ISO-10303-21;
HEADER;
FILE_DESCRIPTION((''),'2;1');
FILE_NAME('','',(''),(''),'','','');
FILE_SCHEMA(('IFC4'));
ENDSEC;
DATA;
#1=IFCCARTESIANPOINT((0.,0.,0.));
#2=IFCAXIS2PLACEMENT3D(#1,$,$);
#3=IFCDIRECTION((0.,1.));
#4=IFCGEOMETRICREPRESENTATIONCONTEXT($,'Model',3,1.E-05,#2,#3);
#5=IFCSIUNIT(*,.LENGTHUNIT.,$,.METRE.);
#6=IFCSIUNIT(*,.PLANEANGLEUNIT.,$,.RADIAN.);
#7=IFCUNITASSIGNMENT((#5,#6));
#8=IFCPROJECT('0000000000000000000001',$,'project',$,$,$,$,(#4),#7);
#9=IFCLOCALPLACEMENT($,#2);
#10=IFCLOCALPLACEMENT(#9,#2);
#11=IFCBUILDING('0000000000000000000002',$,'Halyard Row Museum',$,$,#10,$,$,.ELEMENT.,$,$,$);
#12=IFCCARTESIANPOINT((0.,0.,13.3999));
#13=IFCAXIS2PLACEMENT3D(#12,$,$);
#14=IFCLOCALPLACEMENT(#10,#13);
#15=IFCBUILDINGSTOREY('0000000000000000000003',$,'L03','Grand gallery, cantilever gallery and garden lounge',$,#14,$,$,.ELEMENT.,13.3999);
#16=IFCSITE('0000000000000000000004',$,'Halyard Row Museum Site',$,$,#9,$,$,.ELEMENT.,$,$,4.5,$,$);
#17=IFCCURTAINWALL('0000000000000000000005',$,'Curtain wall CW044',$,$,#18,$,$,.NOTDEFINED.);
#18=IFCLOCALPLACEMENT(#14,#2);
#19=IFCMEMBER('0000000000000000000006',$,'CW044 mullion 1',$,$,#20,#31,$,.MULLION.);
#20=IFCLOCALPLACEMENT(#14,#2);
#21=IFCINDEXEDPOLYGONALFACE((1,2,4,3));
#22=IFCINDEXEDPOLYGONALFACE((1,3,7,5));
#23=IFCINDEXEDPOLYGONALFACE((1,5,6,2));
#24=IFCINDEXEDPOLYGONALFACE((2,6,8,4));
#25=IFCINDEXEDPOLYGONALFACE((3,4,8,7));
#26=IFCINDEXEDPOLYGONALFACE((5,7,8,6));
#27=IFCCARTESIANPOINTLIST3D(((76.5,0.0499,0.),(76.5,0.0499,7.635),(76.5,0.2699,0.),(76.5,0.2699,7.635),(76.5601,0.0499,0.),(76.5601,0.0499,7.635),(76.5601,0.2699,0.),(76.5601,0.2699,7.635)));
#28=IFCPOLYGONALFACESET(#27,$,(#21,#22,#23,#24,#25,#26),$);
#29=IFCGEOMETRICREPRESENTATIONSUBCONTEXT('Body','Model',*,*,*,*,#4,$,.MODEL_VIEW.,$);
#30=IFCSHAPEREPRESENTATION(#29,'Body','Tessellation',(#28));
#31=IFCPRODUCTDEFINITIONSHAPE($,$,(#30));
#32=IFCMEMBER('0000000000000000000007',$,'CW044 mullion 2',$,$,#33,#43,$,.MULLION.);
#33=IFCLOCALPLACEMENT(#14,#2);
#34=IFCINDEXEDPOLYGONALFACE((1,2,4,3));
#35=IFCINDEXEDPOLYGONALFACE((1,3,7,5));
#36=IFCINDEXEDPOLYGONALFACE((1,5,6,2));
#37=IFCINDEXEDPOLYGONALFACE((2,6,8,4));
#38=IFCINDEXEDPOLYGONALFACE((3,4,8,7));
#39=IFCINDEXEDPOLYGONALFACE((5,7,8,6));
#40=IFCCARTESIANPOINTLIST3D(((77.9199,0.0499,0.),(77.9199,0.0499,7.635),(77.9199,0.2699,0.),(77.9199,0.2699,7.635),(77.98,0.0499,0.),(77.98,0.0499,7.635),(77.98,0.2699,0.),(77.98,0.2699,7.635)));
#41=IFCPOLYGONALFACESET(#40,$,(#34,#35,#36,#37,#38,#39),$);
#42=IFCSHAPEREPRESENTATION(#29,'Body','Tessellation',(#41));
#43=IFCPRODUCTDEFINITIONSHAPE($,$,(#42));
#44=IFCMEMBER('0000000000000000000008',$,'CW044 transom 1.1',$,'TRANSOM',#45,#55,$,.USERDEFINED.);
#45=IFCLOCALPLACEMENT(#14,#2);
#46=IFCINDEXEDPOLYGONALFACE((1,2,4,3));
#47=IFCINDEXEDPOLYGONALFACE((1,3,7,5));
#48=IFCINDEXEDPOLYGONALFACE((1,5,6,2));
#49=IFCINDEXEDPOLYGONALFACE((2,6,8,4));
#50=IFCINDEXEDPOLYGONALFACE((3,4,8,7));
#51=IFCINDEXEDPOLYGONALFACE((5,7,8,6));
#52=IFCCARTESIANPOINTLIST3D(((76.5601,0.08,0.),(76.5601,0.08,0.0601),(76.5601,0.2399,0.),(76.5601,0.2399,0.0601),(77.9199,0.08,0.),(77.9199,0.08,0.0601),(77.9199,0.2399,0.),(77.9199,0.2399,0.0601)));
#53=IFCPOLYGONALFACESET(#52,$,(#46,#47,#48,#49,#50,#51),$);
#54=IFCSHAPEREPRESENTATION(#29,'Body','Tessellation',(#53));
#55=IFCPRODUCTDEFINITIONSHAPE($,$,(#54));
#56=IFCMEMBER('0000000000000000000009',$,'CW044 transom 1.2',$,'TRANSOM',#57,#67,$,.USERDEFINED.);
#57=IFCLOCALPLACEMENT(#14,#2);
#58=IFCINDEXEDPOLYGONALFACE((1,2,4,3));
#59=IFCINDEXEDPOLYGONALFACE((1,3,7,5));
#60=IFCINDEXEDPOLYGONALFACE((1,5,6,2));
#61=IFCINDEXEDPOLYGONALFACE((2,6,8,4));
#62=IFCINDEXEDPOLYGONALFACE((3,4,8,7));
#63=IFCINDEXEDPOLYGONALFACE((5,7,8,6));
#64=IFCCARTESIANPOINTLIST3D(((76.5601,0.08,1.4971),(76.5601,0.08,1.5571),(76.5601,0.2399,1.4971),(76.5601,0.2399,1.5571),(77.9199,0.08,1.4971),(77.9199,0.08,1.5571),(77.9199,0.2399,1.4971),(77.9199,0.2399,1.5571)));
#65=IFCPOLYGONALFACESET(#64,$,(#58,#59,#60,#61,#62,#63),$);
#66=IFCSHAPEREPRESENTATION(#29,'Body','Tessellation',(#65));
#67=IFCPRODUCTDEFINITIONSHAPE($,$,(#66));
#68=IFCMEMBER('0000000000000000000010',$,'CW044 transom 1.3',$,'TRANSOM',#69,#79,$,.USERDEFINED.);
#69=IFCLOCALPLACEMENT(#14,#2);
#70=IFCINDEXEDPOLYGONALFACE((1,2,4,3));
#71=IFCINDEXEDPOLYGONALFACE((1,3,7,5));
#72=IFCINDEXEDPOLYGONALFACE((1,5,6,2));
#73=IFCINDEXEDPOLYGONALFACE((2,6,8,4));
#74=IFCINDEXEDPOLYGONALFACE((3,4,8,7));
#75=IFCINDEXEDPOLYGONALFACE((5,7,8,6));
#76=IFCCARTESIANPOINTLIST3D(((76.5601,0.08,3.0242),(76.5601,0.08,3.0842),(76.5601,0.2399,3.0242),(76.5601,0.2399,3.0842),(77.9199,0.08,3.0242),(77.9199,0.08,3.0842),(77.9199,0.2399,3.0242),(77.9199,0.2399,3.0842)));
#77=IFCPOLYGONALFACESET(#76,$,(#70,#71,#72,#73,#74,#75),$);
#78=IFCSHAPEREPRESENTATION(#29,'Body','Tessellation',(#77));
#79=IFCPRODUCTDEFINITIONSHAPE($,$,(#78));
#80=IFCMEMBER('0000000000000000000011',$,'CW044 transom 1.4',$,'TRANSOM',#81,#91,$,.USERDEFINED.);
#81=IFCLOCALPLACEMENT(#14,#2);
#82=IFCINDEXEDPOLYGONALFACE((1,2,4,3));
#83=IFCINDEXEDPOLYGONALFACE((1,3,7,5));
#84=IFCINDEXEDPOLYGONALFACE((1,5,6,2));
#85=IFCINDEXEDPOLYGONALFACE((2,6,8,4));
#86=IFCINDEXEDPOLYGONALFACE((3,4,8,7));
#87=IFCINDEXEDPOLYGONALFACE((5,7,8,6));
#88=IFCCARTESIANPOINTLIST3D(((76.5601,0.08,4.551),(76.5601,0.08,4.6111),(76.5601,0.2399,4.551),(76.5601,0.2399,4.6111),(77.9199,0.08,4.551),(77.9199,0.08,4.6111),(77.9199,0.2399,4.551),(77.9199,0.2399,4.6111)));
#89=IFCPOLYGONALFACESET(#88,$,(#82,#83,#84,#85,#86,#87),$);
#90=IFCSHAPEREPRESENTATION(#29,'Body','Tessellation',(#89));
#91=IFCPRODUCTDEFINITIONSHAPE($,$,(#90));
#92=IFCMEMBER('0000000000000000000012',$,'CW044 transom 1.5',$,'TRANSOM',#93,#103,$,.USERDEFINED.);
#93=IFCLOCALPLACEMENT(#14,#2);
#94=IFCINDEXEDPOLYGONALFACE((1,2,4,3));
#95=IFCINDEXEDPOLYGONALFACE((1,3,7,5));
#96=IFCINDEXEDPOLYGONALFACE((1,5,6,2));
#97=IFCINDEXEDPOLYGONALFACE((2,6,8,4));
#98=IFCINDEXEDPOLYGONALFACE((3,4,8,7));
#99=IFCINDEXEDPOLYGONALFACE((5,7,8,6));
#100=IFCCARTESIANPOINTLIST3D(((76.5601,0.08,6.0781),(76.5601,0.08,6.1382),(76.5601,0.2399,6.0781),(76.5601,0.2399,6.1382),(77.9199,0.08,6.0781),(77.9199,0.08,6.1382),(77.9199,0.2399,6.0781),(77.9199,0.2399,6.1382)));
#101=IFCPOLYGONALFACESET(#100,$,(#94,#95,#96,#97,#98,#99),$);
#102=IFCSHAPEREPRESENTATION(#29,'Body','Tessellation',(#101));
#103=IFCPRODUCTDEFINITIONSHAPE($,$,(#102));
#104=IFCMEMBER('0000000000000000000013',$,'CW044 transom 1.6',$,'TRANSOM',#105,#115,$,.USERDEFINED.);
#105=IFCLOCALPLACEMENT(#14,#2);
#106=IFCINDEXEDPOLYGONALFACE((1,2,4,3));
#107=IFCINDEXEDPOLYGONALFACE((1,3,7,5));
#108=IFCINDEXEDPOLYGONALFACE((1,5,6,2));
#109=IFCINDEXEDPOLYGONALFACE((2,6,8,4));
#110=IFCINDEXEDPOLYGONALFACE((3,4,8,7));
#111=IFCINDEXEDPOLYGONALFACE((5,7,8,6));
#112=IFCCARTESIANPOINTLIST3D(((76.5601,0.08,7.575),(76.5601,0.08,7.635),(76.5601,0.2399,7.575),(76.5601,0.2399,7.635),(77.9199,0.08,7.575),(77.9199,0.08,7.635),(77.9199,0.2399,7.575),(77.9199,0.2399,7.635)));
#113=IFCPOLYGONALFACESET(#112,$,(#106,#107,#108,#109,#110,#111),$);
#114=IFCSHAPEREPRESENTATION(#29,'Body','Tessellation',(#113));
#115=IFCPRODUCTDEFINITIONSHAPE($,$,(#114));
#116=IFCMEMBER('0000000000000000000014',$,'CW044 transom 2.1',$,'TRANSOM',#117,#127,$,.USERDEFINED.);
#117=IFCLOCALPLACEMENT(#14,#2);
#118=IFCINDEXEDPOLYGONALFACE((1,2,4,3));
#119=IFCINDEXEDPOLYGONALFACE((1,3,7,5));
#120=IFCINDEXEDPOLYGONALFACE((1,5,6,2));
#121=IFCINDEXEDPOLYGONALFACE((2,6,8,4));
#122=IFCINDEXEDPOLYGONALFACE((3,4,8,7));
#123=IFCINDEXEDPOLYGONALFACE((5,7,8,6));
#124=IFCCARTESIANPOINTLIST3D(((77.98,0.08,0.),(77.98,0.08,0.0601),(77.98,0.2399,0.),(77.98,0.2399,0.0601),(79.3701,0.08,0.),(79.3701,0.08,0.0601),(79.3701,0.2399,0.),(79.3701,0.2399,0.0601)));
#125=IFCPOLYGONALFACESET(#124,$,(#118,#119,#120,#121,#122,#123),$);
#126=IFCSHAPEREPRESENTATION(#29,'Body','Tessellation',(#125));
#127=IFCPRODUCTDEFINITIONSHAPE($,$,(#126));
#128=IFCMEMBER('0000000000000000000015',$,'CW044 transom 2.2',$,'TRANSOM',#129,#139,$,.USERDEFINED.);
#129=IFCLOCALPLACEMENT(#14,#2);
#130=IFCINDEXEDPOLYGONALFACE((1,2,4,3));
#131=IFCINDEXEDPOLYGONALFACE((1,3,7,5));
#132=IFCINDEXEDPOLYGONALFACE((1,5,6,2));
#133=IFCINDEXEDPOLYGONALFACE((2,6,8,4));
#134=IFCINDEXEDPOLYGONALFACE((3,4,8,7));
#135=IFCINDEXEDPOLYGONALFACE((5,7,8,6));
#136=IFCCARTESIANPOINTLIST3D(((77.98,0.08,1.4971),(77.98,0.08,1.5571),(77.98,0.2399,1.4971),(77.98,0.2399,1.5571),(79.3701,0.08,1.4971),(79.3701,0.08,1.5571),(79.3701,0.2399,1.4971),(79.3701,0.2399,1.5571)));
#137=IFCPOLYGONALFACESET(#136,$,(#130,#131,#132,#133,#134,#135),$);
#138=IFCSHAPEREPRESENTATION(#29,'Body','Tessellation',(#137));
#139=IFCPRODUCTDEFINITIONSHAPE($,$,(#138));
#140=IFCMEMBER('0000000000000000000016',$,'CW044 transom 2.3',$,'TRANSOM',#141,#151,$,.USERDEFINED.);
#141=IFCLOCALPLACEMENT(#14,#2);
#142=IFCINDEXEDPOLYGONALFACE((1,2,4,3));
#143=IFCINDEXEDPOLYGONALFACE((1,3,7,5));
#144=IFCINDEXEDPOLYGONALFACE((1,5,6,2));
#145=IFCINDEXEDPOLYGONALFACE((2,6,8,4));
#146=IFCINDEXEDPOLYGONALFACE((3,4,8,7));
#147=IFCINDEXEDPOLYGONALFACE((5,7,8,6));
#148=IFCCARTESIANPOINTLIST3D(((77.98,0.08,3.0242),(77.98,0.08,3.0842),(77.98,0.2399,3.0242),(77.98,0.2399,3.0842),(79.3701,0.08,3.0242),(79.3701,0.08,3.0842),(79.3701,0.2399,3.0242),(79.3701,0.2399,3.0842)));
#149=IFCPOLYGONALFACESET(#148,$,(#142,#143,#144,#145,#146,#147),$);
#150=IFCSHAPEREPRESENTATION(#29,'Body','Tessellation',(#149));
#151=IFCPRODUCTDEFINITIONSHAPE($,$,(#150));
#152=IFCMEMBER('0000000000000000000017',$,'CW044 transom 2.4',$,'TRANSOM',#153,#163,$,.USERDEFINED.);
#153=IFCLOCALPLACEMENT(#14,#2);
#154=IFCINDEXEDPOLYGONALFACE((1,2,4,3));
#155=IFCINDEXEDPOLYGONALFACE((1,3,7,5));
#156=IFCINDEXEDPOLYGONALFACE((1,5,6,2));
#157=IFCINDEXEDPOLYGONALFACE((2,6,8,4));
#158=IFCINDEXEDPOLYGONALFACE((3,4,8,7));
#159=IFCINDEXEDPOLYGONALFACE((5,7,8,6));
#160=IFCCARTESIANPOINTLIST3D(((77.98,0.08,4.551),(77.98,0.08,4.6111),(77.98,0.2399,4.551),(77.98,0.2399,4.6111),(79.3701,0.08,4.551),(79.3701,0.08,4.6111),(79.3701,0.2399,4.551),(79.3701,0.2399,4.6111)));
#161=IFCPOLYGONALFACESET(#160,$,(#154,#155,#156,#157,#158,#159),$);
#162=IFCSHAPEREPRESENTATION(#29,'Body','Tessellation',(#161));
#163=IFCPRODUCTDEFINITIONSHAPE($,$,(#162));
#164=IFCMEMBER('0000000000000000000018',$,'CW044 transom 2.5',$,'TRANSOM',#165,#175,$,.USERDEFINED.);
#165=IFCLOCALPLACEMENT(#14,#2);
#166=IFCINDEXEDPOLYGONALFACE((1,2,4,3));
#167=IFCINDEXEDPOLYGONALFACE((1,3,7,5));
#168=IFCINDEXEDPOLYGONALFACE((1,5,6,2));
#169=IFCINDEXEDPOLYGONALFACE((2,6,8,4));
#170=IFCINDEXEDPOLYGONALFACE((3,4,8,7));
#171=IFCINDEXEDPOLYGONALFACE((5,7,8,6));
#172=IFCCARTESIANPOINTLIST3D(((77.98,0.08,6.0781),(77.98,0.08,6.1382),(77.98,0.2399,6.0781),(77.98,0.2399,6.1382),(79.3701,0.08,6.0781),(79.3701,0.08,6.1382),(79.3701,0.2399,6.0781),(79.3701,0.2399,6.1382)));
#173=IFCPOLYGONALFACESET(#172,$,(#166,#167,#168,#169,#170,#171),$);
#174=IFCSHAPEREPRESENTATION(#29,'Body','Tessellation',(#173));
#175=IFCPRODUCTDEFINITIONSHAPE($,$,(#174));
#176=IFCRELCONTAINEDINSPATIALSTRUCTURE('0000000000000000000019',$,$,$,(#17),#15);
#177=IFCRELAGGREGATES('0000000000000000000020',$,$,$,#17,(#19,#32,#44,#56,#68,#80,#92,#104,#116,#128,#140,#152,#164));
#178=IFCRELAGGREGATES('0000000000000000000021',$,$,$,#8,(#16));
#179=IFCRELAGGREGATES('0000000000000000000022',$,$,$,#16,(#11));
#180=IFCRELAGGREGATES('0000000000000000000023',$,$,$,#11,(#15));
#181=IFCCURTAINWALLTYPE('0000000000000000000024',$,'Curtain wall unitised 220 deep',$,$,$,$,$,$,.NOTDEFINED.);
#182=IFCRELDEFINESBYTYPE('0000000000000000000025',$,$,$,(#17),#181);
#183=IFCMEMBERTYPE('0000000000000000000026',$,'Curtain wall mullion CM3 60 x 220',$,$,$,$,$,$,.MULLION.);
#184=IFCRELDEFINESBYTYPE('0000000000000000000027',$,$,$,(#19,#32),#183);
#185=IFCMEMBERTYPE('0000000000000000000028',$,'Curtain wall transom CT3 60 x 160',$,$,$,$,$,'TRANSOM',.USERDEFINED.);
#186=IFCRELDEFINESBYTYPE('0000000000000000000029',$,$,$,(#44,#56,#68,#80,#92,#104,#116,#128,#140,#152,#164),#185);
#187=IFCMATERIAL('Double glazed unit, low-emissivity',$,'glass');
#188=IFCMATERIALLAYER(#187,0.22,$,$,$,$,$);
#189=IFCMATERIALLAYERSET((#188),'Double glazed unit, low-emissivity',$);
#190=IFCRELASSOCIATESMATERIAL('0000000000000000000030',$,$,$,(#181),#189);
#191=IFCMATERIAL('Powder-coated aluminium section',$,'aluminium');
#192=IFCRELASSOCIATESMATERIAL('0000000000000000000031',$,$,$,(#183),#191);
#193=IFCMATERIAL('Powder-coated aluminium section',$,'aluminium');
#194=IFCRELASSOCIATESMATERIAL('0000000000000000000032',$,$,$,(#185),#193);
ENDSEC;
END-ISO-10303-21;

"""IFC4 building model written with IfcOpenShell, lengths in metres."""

from ifc_helpers import new_model, si_unit, direction, frame, origin, origin_2d, place, context, subcontext, project, spatial, rectangle, extrude, material, layer, layer_set, material_profile, profile_set, type_object, element, aggregate, save


model = new_model("IFC4")

# Units and contexts
model_context = context("Model", 3, precision=1e-05, world=origin(), true_north=direction((0.0, 1.0)))
body_context = subcontext(model_context, "Body", "Model", "MODEL_VIEW")
ifc_project = project(units=[si_unit("LENGTHUNIT", "METRE"), si_unit("PLANEANGLEUNIT", "RADIAN")], contexts=[model_context])

# Site, building, storey
site_placement = place(None, origin())
site = spatial("IfcSite", under=ifc_project, at=site_placement, Name="Halyard Row Museum Site", CompositionType="ELEMENT", RefElevation=4.5)
building_placement = place(site_placement, origin())
building = spatial("IfcBuilding", under=site, at=building_placement, Name="Halyard Row Museum", CompositionType="ELEMENT")
storey_placement = place(building_placement, frame((0.0, 0.0, 13.3999)))
storey = spatial("IfcBuildingStorey", under=building, at=storey_placement, Name="L03", Description="Grand gallery, cantilever gallery and garden lounge", CompositionType="ELEMENT", Elevation=13.3999)

# Curtain wall, members
ifc_material_1 = material(Name="Double glazed unit, low-emissivity", Category="glass")
ifc_layer_1 = layer(ifc_material_1, 0.22)
ifc_layer_set_1 = layer_set([ifc_layer_1], Name="Double glazed unit, low-emissivity")
curtain_wall_type = type_object("IfcCurtainWallType", Name="Curtain wall unitised 220 deep", PredefinedType="NOTDEFINED", material=ifc_layer_set_1)
curtain_wall_placement = place(storey_placement, origin())
curtain_wall = element("IfcCurtainWall", 1, at=curtain_wall_placement, inside=storey, type_object=curtain_wall_type, Name="Curtain wall CW044", PredefinedType="NOTDEFINED")
ifc_material_2 = material(Name="Powder-coated aluminium section", Category="aluminium")
ifc_material_profile_1 = material_profile(ifc_material_2, rectangle(XDim=0.22, YDim=0.0601, at=origin_2d()), Name="220x60 mullion")
ifc_profile_set_1 = profile_set([ifc_material_profile_1], Name="Powder-coated aluminium section")
member_type_1 = type_object("IfcMemberType", Name="Curtain wall mullion CM3 60 x 220", PredefinedType="MULLION", material=ifc_profile_set_1)
member_1_placement = place(storey_placement, frame((76.53, 0.1599, 0.0), z_axis=(0.0, 0.0, 1.0), x_axis=(0.0, 1.0, 0.0)))
member_1 = element("IfcMember", 2, at=member_1_placement, type_object=member_type_1, Name="CW044 mullion 1", PredefinedType="MULLION", context=body_context, shape_type="SweptSolid", body=[
    extrude(rectangle(XDim=0.22, YDim=0.0601, at=origin_2d()), origin(), (0.0, 0.0, 1.0), 7.635),
])
member_2_placement = place(storey_placement, frame((77.95, 0.1599, 0.0), z_axis=(0.0, 0.0, 1.0), x_axis=(0.0, 1.0, 0.0)))
member_2 = element("IfcMember", 3, at=member_2_placement, type_object=member_type_1, Name="CW044 mullion 2", PredefinedType="MULLION", context=body_context, shape_type="SweptSolid", body=[
    extrude(rectangle(XDim=0.22, YDim=0.0601, at=origin_2d()), origin(), (0.0, 0.0, 1.0), 7.635),
])
ifc_material_3 = material(Name="Powder-coated aluminium section", Category="aluminium")
ifc_material_profile_2 = material_profile(ifc_material_3, rectangle(XDim=0.1599, YDim=0.0601, at=origin_2d()), Name="160x60 transom")
ifc_profile_set_2 = profile_set([ifc_material_profile_2], Name="Powder-coated aluminium section")
member_type_2 = type_object("IfcMemberType", Name="Curtain wall transom CT3 60 x 160", ElementType="TRANSOM", PredefinedType="USERDEFINED", material=ifc_profile_set_2)
member_3_placement = place(storey_placement, frame((76.5601, 0.1599, 0.03), z_axis=(1.0, 0.0, 0.0), x_axis=(0.0, 1.0, 0.0)))
member_3 = element("IfcMember", 4, at=member_3_placement, type_object=member_type_2, Name="CW044 transom 1.1", ObjectType="TRANSOM", PredefinedType="USERDEFINED", context=body_context, shape_type="SweptSolid", body=[
    extrude(rectangle(XDim=0.1599, YDim=0.0601, at=origin_2d()), origin(), (0.0, 0.0, 1.0), 1.3599),
])
member_4_placement = place(storey_placement, frame((76.5601, 0.1599, 1.5271), z_axis=(1.0, 0.0, 0.0), x_axis=(0.0, 1.0, 0.0)))
member_4 = element("IfcMember", 5, at=member_4_placement, type_object=member_type_2, Name="CW044 transom 1.2", ObjectType="TRANSOM", PredefinedType="USERDEFINED", context=body_context, shape_type="SweptSolid", body=[
    extrude(rectangle(XDim=0.1599, YDim=0.0601, at=origin_2d()), origin(), (0.0, 0.0, 1.0), 1.3599),
])
member_5_placement = place(storey_placement, frame((76.5601, 0.1599, 3.0542), z_axis=(1.0, 0.0, 0.0), x_axis=(0.0, 1.0, 0.0)))
member_5 = element("IfcMember", 6, at=member_5_placement, type_object=member_type_2, Name="CW044 transom 1.3", ObjectType="TRANSOM", PredefinedType="USERDEFINED", context=body_context, shape_type="SweptSolid", body=[
    extrude(rectangle(XDim=0.1599, YDim=0.0601, at=origin_2d()), origin(), (0.0, 0.0, 1.0), 1.3599),
])
member_6_placement = place(storey_placement, frame((76.5601, 0.1599, 4.5811), z_axis=(1.0, 0.0, 0.0), x_axis=(0.0, 1.0, 0.0)))
member_6 = element("IfcMember", 7, at=member_6_placement, type_object=member_type_2, Name="CW044 transom 1.4", ObjectType="TRANSOM", PredefinedType="USERDEFINED", context=body_context, shape_type="SweptSolid", body=[
    extrude(rectangle(XDim=0.1599, YDim=0.0601, at=origin_2d()), origin(), (0.0, 0.0, 1.0), 1.3599),
])
member_7_placement = place(storey_placement, frame((76.5601, 0.1599, 6.1082), z_axis=(1.0, 0.0, 0.0), x_axis=(0.0, 1.0, 0.0)))
member_7 = element("IfcMember", 8, at=member_7_placement, type_object=member_type_2, Name="CW044 transom 1.5", ObjectType="TRANSOM", PredefinedType="USERDEFINED", context=body_context, shape_type="SweptSolid", body=[
    extrude(rectangle(XDim=0.1599, YDim=0.0601, at=origin_2d()), origin(), (0.0, 0.0, 1.0), 1.3599),
])
member_8_placement = place(storey_placement, frame((76.5601, 0.1599, 7.605), z_axis=(1.0, 0.0, 0.0), x_axis=(0.0, 1.0, 0.0)))
member_8 = element("IfcMember", 9, at=member_8_placement, type_object=member_type_2, Name="CW044 transom 1.6", ObjectType="TRANSOM", PredefinedType="USERDEFINED", context=body_context, shape_type="SweptSolid", body=[
    extrude(rectangle(XDim=0.1599, YDim=0.0601, at=origin_2d()), origin(), (0.0, 0.0, 1.0), 1.3599),
])
member_9_placement = place(storey_placement, frame((77.98, 0.1599, 0.03), z_axis=(1.0, 0.0, 0.0), x_axis=(0.0, 1.0, 0.0)))
member_9 = element("IfcMember", 10, at=member_9_placement, type_object=member_type_2, Name="CW044 transom 2.1", ObjectType="TRANSOM", PredefinedType="USERDEFINED", context=body_context, shape_type="SweptSolid", body=[
    extrude(rectangle(XDim=0.1599, YDim=0.0601, at=origin_2d()), origin(), (0.0, 0.0, 1.0), 1.3901),
])
member_10_placement = place(storey_placement, frame((77.98, 0.1599, 1.5271), z_axis=(1.0, 0.0, 0.0), x_axis=(0.0, 1.0, 0.0)))
member_10 = element("IfcMember", 11, at=member_10_placement, type_object=member_type_2, Name="CW044 transom 2.2", ObjectType="TRANSOM", PredefinedType="USERDEFINED", context=body_context, shape_type="SweptSolid", body=[
    extrude(rectangle(XDim=0.1599, YDim=0.0601, at=origin_2d()), origin(), (0.0, 0.0, 1.0), 1.3901),
])
member_11_placement = place(storey_placement, frame((77.98, 0.1599, 3.0542), z_axis=(1.0, 0.0, 0.0), x_axis=(0.0, 1.0, 0.0)))
member_11 = element("IfcMember", 12, at=member_11_placement, type_object=member_type_2, Name="CW044 transom 2.3", ObjectType="TRANSOM", PredefinedType="USERDEFINED", context=body_context, shape_type="SweptSolid", body=[
    extrude(rectangle(XDim=0.1599, YDim=0.0601, at=origin_2d()), origin(), (0.0, 0.0, 1.0), 1.3901),
])
member_12_placement = place(storey_placement, frame((77.98, 0.1599, 4.5811), z_axis=(1.0, 0.0, 0.0), x_axis=(0.0, 1.0, 0.0)))
member_12 = element("IfcMember", 13, at=member_12_placement, type_object=member_type_2, Name="CW044 transom 2.4", ObjectType="TRANSOM", PredefinedType="USERDEFINED", context=body_context, shape_type="SweptSolid", body=[
    extrude(rectangle(XDim=0.1599, YDim=0.0601, at=origin_2d()), origin(), (0.0, 0.0, 1.0), 1.3901),
])
member_13_placement = place(storey_placement, frame((77.98, 0.1599, 6.1082), z_axis=(1.0, 0.0, 0.0), x_axis=(0.0, 1.0, 0.0)))
member_13 = element("IfcMember", 14, at=member_13_placement, type_object=member_type_2, Name="CW044 transom 2.5", ObjectType="TRANSOM", PredefinedType="USERDEFINED", context=body_context, shape_type="SweptSolid", body=[
    extrude(rectangle(XDim=0.1599, YDim=0.0601, at=origin_2d()), origin(), (0.0, 0.0, 1.0), 1.3901),
])

aggregate(curtain_wall, [member_1, member_2, member_3, member_4, member_5, member_6, member_7, member_8, member_9, member_10, member_11, member_12, member_13])

save(model, "model.ifc")
